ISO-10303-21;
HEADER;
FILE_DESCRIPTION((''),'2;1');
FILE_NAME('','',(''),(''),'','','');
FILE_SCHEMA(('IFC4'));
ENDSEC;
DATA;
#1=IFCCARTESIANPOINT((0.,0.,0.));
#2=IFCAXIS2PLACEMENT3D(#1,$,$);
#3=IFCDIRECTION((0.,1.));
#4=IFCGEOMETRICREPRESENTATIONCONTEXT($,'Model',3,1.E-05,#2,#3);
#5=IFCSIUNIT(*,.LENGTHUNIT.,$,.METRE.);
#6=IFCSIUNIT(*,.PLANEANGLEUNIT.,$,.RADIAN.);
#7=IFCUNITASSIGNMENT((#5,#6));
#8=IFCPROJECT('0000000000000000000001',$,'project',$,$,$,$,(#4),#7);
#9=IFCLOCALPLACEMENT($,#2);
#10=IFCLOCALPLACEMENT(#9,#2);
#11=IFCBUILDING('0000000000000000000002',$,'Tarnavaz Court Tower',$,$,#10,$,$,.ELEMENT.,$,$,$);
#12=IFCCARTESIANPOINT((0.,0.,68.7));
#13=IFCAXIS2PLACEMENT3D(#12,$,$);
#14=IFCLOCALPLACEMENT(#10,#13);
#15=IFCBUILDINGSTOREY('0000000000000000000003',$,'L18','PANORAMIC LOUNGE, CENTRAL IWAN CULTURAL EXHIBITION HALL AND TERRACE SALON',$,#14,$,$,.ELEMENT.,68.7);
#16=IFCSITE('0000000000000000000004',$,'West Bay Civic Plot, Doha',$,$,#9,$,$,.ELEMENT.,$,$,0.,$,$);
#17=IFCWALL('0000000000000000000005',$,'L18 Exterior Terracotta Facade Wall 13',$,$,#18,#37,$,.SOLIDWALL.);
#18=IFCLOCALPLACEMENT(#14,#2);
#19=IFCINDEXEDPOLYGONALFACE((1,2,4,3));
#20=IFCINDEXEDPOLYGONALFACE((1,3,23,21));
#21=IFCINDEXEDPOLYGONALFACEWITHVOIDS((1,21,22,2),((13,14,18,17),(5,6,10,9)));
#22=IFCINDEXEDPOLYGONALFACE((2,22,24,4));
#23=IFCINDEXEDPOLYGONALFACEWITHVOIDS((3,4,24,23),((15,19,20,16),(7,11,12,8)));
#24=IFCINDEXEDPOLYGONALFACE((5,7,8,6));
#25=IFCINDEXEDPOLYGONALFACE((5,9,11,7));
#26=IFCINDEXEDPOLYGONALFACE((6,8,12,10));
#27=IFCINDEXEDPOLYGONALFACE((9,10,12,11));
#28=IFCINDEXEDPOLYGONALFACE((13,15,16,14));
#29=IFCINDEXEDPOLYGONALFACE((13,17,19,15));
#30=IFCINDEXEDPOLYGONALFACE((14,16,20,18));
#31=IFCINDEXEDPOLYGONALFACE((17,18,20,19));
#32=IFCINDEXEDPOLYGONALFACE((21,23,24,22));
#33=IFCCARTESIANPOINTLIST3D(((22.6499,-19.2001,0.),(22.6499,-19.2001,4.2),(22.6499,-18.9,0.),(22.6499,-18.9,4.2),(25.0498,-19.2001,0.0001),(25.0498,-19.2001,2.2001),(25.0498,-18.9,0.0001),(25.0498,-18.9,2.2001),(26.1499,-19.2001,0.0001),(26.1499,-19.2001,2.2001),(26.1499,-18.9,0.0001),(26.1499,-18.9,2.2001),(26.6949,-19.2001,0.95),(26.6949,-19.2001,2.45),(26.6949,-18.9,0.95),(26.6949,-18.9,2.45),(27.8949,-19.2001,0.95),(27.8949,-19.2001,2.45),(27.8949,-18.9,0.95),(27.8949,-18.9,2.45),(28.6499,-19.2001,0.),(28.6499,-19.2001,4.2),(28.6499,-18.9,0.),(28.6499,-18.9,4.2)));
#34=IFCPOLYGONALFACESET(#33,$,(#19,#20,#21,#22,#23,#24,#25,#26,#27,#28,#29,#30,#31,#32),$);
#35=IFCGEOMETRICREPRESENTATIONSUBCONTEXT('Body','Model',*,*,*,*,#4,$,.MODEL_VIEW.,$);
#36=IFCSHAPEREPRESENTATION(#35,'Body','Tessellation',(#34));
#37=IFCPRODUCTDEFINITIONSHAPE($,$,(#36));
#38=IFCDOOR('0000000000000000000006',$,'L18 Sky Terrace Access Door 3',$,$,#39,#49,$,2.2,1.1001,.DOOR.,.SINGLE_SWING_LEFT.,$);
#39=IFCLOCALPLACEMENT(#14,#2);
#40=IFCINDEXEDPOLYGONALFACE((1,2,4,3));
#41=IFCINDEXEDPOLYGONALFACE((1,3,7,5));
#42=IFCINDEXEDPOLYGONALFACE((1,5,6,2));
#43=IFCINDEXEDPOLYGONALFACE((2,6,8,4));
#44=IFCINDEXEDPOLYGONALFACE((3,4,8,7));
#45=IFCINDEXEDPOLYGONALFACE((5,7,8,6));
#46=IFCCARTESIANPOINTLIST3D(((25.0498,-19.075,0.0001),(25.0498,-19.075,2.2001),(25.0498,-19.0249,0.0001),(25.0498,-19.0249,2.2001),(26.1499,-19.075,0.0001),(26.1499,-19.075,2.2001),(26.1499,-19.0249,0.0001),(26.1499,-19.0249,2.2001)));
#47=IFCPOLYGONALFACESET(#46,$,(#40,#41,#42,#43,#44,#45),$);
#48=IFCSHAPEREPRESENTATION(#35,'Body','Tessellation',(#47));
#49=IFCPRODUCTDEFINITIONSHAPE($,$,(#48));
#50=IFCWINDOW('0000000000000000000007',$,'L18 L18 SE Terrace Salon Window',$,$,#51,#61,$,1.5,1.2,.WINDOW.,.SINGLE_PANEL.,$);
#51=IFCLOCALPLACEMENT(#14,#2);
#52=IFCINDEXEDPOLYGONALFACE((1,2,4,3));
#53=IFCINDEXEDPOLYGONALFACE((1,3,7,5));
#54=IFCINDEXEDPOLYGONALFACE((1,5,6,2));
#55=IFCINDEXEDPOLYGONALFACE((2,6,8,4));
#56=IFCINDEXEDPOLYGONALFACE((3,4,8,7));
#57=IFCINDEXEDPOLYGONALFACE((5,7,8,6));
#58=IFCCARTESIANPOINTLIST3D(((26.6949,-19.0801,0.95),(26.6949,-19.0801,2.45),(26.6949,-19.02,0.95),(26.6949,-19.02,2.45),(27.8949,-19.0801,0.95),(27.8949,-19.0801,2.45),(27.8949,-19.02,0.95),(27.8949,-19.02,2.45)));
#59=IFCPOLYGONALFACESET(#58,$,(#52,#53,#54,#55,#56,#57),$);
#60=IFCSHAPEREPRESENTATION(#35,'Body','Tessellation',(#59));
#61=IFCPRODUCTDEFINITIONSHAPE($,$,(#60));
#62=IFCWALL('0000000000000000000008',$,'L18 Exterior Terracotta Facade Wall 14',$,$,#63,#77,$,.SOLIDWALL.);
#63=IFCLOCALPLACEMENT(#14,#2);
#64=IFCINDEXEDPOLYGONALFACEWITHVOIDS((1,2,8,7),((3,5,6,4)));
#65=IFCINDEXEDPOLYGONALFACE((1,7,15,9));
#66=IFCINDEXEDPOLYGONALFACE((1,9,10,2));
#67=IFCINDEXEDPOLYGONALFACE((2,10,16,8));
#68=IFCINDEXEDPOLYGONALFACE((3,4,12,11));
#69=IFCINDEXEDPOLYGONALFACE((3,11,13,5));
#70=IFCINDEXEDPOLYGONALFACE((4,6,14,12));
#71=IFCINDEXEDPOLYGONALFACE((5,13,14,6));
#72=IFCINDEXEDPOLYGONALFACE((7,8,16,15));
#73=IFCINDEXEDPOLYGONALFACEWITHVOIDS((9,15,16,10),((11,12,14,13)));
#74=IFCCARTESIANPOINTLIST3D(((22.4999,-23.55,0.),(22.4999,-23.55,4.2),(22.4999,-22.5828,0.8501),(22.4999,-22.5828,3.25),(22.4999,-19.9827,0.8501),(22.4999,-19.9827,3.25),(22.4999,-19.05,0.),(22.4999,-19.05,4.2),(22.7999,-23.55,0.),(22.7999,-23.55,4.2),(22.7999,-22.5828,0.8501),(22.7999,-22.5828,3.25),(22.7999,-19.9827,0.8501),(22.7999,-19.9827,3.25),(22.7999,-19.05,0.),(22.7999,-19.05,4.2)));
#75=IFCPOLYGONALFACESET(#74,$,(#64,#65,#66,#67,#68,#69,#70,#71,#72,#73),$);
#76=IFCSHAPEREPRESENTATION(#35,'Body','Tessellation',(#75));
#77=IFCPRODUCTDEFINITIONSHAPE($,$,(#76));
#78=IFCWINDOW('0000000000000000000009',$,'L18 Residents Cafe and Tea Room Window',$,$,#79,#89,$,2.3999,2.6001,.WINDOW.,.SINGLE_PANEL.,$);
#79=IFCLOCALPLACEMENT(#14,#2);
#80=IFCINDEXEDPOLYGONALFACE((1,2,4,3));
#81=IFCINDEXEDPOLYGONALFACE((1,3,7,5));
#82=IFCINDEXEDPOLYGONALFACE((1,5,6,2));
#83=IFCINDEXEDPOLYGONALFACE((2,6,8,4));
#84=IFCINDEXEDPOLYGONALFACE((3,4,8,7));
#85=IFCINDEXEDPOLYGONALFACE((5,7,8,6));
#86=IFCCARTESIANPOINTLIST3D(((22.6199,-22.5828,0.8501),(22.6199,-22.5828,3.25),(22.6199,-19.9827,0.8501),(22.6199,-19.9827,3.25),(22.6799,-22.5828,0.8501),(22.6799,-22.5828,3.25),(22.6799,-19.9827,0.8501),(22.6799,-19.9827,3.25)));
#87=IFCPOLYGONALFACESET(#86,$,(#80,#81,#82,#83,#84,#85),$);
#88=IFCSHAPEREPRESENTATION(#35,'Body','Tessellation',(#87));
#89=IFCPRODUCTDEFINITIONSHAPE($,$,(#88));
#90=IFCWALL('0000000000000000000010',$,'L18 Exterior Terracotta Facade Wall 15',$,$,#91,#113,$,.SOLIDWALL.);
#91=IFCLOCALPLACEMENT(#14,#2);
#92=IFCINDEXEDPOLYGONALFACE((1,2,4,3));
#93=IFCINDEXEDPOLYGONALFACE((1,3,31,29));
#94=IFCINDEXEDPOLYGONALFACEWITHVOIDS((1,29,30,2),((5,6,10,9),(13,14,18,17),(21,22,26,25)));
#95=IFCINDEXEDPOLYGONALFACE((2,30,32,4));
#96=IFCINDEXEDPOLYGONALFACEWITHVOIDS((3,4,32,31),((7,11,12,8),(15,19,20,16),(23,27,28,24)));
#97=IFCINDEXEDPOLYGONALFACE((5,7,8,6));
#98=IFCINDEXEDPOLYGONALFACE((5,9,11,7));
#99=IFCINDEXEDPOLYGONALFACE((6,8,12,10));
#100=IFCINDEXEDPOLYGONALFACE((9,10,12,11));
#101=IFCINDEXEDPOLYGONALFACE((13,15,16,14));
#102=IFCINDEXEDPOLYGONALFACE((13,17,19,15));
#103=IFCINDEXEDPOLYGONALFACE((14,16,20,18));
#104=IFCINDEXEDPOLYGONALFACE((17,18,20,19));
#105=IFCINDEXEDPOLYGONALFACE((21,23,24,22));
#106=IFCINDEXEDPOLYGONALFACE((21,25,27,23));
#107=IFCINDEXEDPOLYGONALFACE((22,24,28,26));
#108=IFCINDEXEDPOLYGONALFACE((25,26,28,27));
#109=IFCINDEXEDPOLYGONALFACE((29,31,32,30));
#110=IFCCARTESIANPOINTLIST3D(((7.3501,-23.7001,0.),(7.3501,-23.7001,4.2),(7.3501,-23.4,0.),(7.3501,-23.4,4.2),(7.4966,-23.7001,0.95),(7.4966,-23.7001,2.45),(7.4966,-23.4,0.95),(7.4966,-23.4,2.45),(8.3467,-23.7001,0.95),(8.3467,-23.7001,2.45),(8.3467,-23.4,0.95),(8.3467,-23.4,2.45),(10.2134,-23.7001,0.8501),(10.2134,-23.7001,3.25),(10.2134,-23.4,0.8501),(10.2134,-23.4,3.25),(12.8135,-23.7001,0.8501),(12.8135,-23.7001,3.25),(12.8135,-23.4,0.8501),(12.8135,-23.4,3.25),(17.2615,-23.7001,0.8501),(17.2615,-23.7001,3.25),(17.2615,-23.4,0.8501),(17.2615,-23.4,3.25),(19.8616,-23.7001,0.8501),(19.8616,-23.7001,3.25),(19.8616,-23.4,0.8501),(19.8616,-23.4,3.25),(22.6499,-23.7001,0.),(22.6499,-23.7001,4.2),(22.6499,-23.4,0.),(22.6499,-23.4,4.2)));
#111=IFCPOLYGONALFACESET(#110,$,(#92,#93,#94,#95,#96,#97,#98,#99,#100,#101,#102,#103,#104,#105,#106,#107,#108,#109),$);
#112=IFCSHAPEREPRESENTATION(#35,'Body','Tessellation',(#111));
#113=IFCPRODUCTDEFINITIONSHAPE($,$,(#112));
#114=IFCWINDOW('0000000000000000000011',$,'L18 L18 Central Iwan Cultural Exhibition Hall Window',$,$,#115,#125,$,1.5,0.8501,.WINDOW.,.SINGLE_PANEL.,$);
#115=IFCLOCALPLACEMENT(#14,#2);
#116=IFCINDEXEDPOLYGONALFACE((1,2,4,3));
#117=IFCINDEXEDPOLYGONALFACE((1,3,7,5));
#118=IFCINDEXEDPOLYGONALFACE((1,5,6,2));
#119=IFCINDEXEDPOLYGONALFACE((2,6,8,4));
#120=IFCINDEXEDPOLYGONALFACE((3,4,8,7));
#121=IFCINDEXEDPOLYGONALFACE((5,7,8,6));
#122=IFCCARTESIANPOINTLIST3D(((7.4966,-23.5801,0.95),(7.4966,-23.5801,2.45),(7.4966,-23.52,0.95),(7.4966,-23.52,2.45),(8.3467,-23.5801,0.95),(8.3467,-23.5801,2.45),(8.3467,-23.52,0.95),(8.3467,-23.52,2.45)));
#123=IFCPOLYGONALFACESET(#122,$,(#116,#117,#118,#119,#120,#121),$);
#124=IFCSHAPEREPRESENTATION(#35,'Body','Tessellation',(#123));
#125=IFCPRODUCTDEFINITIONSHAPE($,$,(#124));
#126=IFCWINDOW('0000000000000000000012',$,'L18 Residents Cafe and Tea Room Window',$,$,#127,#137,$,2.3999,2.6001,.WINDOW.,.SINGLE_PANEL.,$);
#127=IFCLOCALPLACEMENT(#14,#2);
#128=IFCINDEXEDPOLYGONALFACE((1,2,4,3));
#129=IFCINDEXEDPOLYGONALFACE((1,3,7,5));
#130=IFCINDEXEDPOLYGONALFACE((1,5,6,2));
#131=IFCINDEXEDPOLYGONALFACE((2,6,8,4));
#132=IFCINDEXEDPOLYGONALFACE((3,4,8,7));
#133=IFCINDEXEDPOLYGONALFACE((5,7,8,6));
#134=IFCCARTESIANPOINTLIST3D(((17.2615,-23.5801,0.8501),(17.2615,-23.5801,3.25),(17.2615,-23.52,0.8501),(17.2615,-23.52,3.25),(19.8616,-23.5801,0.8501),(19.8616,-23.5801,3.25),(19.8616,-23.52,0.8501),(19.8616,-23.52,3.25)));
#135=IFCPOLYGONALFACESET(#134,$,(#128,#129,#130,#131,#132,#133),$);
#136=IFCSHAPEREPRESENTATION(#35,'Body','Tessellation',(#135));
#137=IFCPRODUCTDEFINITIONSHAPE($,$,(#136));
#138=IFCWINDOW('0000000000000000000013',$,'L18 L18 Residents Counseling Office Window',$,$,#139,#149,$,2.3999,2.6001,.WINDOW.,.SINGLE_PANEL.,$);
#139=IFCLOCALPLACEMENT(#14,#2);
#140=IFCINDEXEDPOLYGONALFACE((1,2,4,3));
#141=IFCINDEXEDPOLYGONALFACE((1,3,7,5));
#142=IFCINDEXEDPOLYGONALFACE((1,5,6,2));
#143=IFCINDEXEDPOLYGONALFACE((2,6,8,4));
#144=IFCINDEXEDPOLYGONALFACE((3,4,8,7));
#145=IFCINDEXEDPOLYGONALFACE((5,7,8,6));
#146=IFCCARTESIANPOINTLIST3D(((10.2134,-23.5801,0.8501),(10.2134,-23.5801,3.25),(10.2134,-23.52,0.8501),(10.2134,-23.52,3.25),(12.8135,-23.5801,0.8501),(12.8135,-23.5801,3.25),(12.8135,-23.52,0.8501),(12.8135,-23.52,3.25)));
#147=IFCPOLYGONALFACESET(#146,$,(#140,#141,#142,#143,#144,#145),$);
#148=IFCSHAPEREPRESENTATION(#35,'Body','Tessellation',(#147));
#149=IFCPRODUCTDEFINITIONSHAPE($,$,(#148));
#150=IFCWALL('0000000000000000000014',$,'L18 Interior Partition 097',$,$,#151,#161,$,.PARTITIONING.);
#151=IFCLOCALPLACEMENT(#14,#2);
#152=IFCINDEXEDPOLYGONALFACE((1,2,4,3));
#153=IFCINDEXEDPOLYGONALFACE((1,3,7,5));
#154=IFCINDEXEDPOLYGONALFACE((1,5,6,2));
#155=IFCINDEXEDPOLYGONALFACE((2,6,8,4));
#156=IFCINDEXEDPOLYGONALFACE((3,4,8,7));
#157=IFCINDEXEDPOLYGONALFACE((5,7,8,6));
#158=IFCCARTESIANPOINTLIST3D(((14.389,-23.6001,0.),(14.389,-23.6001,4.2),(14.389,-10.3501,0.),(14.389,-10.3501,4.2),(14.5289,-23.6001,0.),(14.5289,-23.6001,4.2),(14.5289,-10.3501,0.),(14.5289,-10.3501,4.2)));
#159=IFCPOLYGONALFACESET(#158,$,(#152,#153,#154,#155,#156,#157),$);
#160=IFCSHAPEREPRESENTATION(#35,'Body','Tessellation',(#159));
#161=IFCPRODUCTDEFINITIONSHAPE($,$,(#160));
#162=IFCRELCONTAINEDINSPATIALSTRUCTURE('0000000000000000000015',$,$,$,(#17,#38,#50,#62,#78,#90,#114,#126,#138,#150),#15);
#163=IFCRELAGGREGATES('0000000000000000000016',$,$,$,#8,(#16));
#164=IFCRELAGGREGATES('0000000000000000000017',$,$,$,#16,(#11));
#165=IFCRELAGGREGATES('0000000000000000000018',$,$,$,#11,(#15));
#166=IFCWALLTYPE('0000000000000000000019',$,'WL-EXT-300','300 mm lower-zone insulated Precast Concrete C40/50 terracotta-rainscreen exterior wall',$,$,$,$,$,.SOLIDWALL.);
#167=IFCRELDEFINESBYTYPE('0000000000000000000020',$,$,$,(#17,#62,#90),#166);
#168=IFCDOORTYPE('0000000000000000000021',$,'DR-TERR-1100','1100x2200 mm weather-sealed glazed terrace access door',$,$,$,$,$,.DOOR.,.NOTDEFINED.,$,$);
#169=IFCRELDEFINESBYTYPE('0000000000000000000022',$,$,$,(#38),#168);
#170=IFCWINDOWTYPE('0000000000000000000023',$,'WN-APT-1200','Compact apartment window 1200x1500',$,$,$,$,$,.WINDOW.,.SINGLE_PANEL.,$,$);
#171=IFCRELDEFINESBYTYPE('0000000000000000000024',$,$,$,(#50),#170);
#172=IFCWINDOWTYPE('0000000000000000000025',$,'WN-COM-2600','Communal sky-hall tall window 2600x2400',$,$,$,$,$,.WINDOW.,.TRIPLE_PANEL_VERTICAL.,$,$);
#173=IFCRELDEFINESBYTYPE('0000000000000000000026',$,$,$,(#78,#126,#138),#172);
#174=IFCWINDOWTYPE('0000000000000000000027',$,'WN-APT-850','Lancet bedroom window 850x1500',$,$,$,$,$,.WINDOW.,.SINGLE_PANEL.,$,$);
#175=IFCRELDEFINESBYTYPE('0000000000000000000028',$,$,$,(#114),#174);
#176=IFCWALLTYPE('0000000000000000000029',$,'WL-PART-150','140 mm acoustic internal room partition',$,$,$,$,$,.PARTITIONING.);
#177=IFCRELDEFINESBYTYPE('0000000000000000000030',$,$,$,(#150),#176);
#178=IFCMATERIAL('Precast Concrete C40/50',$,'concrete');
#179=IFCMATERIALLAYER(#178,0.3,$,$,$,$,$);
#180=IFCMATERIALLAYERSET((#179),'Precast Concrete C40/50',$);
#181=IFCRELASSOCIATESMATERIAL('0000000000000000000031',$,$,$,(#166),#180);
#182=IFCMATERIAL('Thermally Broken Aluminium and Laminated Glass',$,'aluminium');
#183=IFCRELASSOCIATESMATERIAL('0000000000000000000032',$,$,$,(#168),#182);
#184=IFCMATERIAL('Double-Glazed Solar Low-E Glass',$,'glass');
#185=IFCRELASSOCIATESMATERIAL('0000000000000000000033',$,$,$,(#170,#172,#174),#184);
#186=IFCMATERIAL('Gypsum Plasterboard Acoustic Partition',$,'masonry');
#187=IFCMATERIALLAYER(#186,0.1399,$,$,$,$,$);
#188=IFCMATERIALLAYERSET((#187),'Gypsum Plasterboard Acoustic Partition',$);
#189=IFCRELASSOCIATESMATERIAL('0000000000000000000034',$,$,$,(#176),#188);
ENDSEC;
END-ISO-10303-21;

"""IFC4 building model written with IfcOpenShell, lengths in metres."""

from ifc_helpers import new_model, si_unit, direction, frame, frame_2d, origin, place, context, subcontext, project, spatial, rectangle, extrude, material, layer, layer_set, type_object, element, fill, save


model = new_model("IFC4")

# Units and contexts
model_context = context("Model", 3, precision=1e-05, world=origin(), true_north=direction((0.0, 1.0)))
body_context = subcontext(model_context, "Body", "Model", "MODEL_VIEW")
ifc_project = project(units=[si_unit("LENGTHUNIT", "METRE"), si_unit("PLANEANGLEUNIT", "RADIAN")], contexts=[model_context])

# Site, building, storey
site_placement = place(None, origin())
site = spatial("IfcSite", under=ifc_project, at=site_placement, Name="West Bay Civic Plot, Doha", CompositionType="ELEMENT", RefElevation=0.0)
building_placement = place(site_placement, origin())
building = spatial("IfcBuilding", under=site, at=building_placement, Name="Tarnavaz Court Tower", CompositionType="ELEMENT")
storey_placement = place(building_placement, frame((0.0, 0.0, 68.7)))
storey = spatial("IfcBuildingStorey", under=building, at=storey_placement, Name="L18", Description="PANORAMIC LOUNGE, CENTRAL IWAN CULTURAL EXHIBITION HALL AND TERRACE SALON", CompositionType="ELEMENT", Elevation=68.7)

# Shared definitions
ifc_material_1 = material(Name="Double-Glazed Solar Low-E Glass", Category="glass")

# Wall, openings, door, window
ifc_material_2 = material(Name="Precast Concrete C40/50", Category="concrete")
ifc_layer_1 = layer(ifc_material_2, 0.3)
ifc_layer_set_1 = layer_set([ifc_layer_1], Name="Precast Concrete C40/50")
wall_type_1 = type_object("IfcWallType", Name="WL-EXT-300", Description="300 mm lower-zone insulated Precast Concrete C40/50 terracotta-rainscreen exterior wall", PredefinedType="SOLIDWALL", material=ifc_layer_set_1)
wall_1_placement = place(storey_placement, frame((28.6499, -19.05, 0.0), z_axis=(0.0, 0.0, 1.0), x_axis=(-1.0, 0.0, 0.0)))
wall_1 = element("IfcWall", 1, at=wall_1_placement, inside=storey, type_object=wall_type_1, Name="L18 Exterior Terracotta Facade Wall 13", PredefinedType="SOLIDWALL", context=body_context, shape_type="SweptSolid", body=[
    extrude(rectangle(XDim=6.0, YDim=0.3, at=frame_2d((3.0, 0.0))), origin(), (0.0, 0.0, 1.0), 4.2),
])
opening_1_placement = place(wall_1_placement, frame((2.5, 0.0, 0.0)))
opening_1 = element("IfcOpeningElement", 2, at=opening_1_placement, cuts=wall_1, PredefinedType="OPENING", context=body_context, shape_type="SweptSolid", body=[
    extrude(rectangle(XDim=1.1001, YDim=2.2, at=frame_2d((0.55, 1.1001))), frame((0.0, 0.1599, 0.0), z_axis=(0.0, -1.0, 0.0), x_axis=(1.0, 0.0, 0.0)), (0.0, 0.0, 1.0), 0.3201),
])
opening_2_placement = place(wall_1_placement, frame((0.7549, 0.0, 0.95)))
opening_2 = element("IfcOpeningElement", 3, at=opening_2_placement, cuts=wall_1, PredefinedType="OPENING", context=body_context, shape_type="SweptSolid", body=[
    extrude(rectangle(XDim=1.2, YDim=1.5, at=frame_2d((0.6001, 0.75))), frame((0.0, 0.1599, 0.0), z_axis=(0.0, -1.0, 0.0), x_axis=(1.0, 0.0, 0.0)), (0.0, 0.0, 1.0), 0.3201),
])
ifc_material_3 = material(Name="Thermally Broken Aluminium and Laminated Glass", Category="aluminium")
door_type = type_object("IfcDoorType", Name="DR-TERR-1100", Description="1100x2200 mm weather-sealed glazed terrace access door", OperationType="NOTDEFINED", PredefinedType="DOOR", material=ifc_material_3)
door_placement = place(opening_1_placement, origin())
door = element("IfcDoor", 4, at=door_placement, inside=storey, type_object=door_type, Name="L18 Sky Terrace Access Door 3", OperationType="SINGLE_SWING_LEFT", OverallHeight=2.2, OverallWidth=1.1001, PredefinedType="DOOR", context=body_context, shape_type="SweptSolid", body=[
    extrude(rectangle(XDim=1.1001, YDim=2.2, at=frame_2d((0.55, 1.1001))), frame((0.0, 0.0249, 0.0), z_axis=(0.0, -1.0, 0.0), x_axis=(1.0, 0.0, 0.0)), (0.0, 0.0, 1.0), 0.05),
])
fill(opening_1, door)
window_type_1 = type_object("IfcWindowType", Name="WN-APT-1200", Description="Compact apartment window 1200x1500", PartitioningType="SINGLE_PANEL", PredefinedType="WINDOW", material=ifc_material_1)
window_1_placement = place(opening_2_placement, origin())
window_1 = element("IfcWindow", 5, at=window_1_placement, inside=storey, type_object=window_type_1, Name="L18 L18 SE Terrace Salon Window", OverallHeight=1.5, OverallWidth=1.2, PartitioningType="SINGLE_PANEL", PredefinedType="WINDOW", context=body_context, shape_type="SweptSolid", body=[
    extrude(rectangle(XDim=1.2, YDim=1.5, at=frame_2d((0.6001, 0.75))), frame((0.0, 0.03, 0.0), z_axis=(0.0, -1.0, 0.0), x_axis=(1.0, 0.0, 0.0)), (0.0, 0.0, 1.0), 0.0601),
])
fill(opening_2, window_1)

# Wall, opening, window
wall_2_placement = place(storey_placement, frame((22.6499, -19.05, 0.0), z_axis=(0.0, 0.0, 1.0), x_axis=(0.0, -1.0, 0.0)))
wall_2 = element("IfcWall", 6, at=wall_2_placement, inside=storey, type_object=wall_type_1, Name="L18 Exterior Terracotta Facade Wall 14", PredefinedType="SOLIDWALL", context=body_context, shape_type="SweptSolid", body=[
    extrude(rectangle(XDim=4.5, YDim=0.3, at=frame_2d((2.25, 0.0))), origin(), (0.0, 0.0, 1.0), 4.2),
])
opening_3_placement = place(wall_2_placement, frame((0.9326, 0.0, 0.8501)))
opening_3 = element("IfcOpeningElement", 7, at=opening_3_placement, cuts=wall_2, PredefinedType="OPENING", context=body_context, shape_type="SweptSolid", body=[
    extrude(rectangle(XDim=2.6001, YDim=2.3999, at=frame_2d((1.3, 1.2))), frame((0.0, 0.1599, 0.0), z_axis=(0.0, -1.0, 0.0), x_axis=(1.0, 0.0, 0.0)), (0.0, 0.0, 1.0), 0.3201),
])
window_type_2 = type_object("IfcWindowType", Name="WN-COM-2600", Description="Communal sky-hall tall window 2600x2400", PartitioningType="TRIPLE_PANEL_VERTICAL", PredefinedType="WINDOW", material=ifc_material_1)
window_2_placement = place(opening_3_placement, origin())
window_2 = element("IfcWindow", 8, at=window_2_placement, inside=storey, type_object=window_type_2, Name="L18 Residents Cafe and Tea Room Window", OverallHeight=2.3999, OverallWidth=2.6001, PartitioningType="SINGLE_PANEL", PredefinedType="WINDOW", context=body_context, shape_type="SweptSolid", body=[
    extrude(rectangle(XDim=2.6001, YDim=2.3999, at=frame_2d((1.3, 1.2))), frame((0.0, 0.03, 0.0), z_axis=(0.0, -1.0, 0.0), x_axis=(1.0, 0.0, 0.0)), (0.0, 0.0, 1.0), 0.0601),
])
fill(opening_3, window_2)

# Wall, openings, windows
wall_3_placement = place(storey_placement, frame((22.6499, -23.55, 0.0), z_axis=(0.0, 0.0, 1.0), x_axis=(-1.0, 0.0, 0.0)))
wall_3 = element("IfcWall", 9, at=wall_3_placement, inside=storey, type_object=wall_type_1, Name="L18 Exterior Terracotta Facade Wall 15", PredefinedType="SOLIDWALL", context=body_context, shape_type="SweptSolid", body=[
    extrude(rectangle(XDim=15.2998, YDim=0.3, at=frame_2d((7.6499, 0.0))), origin(), (0.0, 0.0, 1.0), 4.2),
])
opening_4_placement = place(wall_3_placement, frame((2.7883, 0.0, 0.8501)))
opening_4 = element("IfcOpeningElement", 10, at=opening_4_placement, cuts=wall_3, PredefinedType="OPENING", context=body_context, shape_type="SweptSolid", body=[
    extrude(rectangle(XDim=2.6001, YDim=2.3999, at=frame_2d((1.3, 1.2))), frame((0.0, 0.1599, 0.0), z_axis=(0.0, -1.0, 0.0), x_axis=(1.0, 0.0, 0.0)), (0.0, 0.0, 1.0), 0.3201),
])
opening_5_placement = place(wall_3_placement, frame((9.8364, 0.0, 0.8501)))
opening_5 = element("IfcOpeningElement", 11, at=opening_5_placement, cuts=wall_3, PredefinedType="OPENING", context=body_context, shape_type="SweptSolid", body=[
    extrude(rectangle(XDim=2.6001, YDim=2.3999, at=frame_2d((1.3, 1.2))), frame((0.0, 0.1599, 0.0), z_axis=(0.0, -1.0, 0.0), x_axis=(1.0, 0.0, 0.0)), (0.0, 0.0, 1.0), 0.3201),
])
opening_6_placement = place(wall_3_placement, frame((14.3032, 0.0, 0.95)))
opening_6 = element("IfcOpeningElement", 12, at=opening_6_placement, cuts=wall_3, PredefinedType="OPENING", context=body_context, shape_type="SweptSolid", body=[
    extrude(rectangle(XDim=0.8501, YDim=1.5, at=frame_2d((0.425, 0.75))), frame((0.0, 0.1599, 0.0), z_axis=(0.0, -1.0, 0.0), x_axis=(1.0, 0.0, 0.0)), (0.0, 0.0, 1.0), 0.3201),
])
window_type_3 = type_object("IfcWindowType", Name="WN-APT-850", Description="Lancet bedroom window 850x1500", PartitioningType="SINGLE_PANEL", PredefinedType="WINDOW", material=ifc_material_1)
window_3_placement = place(opening_6_placement, origin())
window_3 = element("IfcWindow", 13, at=window_3_placement, inside=storey, type_object=window_type_3, Name="L18 L18 Central Iwan Cultural Exhibition Hall Window", OverallHeight=1.5, OverallWidth=0.8501, PartitioningType="SINGLE_PANEL", PredefinedType="WINDOW", context=body_context, shape_type="SweptSolid", body=[
    extrude(rectangle(XDim=0.8501, YDim=1.5, at=frame_2d((0.425, 0.75))), frame((0.0, 0.03, 0.0), z_axis=(0.0, -1.0, 0.0), x_axis=(1.0, 0.0, 0.0)), (0.0, 0.0, 1.0), 0.0601),
])
fill(opening_6, window_3)
window_4_placement = place(opening_4_placement, origin())
window_4 = element("IfcWindow", 14, at=window_4_placement, inside=storey, type_object=window_type_2, Name="L18 Residents Cafe and Tea Room Window", OverallHeight=2.3999, OverallWidth=2.6001, PartitioningType="SINGLE_PANEL", PredefinedType="WINDOW", context=body_context, shape_type="SweptSolid", body=[
    extrude(rectangle(XDim=2.6001, YDim=2.3999, at=frame_2d((1.3, 1.2))), frame((0.0, 0.03, 0.0), z_axis=(0.0, -1.0, 0.0), x_axis=(1.0, 0.0, 0.0)), (0.0, 0.0, 1.0), 0.0601),
])
fill(opening_4, window_4)
window_5_placement = place(opening_5_placement, origin())
window_5 = element("IfcWindow", 15, at=window_5_placement, inside=storey, type_object=window_type_2, Name="L18 L18 Residents Counseling Office Window", OverallHeight=2.3999, OverallWidth=2.6001, PartitioningType="SINGLE_PANEL", PredefinedType="WINDOW", context=body_context, shape_type="SweptSolid", body=[
    extrude(rectangle(XDim=2.6001, YDim=2.3999, at=frame_2d((1.3, 1.2))), frame((0.0, 0.03, 0.0), z_axis=(0.0, -1.0, 0.0), x_axis=(1.0, 0.0, 0.0)), (0.0, 0.0, 1.0), 0.0601),
])
fill(opening_5, window_5)

# Wall
ifc_material_4 = material(Name="Gypsum Plasterboard Acoustic Partition", Category="masonry")
ifc_layer_2 = layer(ifc_material_4, 0.1399)
ifc_layer_set_2 = layer_set([ifc_layer_2], Name="Gypsum Plasterboard Acoustic Partition")
wall_type_2 = type_object("IfcWallType", Name="WL-PART-150", Description="140 mm acoustic internal room partition", PredefinedType="PARTITIONING", material=ifc_layer_set_2)
wall_4_placement = place(storey_placement, frame((14.459, -23.6001, 0.0), z_axis=(0.0, 0.0, 1.0), x_axis=(0.0, 1.0, 0.0)))
element("IfcWall", 16, at=wall_4_placement, inside=storey, type_object=wall_type_2, Name="L18 Interior Partition 097", PredefinedType="PARTITIONING", context=body_context, shape_type="SweptSolid", body=[
    extrude(rectangle(XDim=13.25, YDim=0.1399, at=frame_2d((6.625, 0.0))), origin(), (0.0, 0.0, 1.0), 4.2),
])

save(model, "model.ifc")
